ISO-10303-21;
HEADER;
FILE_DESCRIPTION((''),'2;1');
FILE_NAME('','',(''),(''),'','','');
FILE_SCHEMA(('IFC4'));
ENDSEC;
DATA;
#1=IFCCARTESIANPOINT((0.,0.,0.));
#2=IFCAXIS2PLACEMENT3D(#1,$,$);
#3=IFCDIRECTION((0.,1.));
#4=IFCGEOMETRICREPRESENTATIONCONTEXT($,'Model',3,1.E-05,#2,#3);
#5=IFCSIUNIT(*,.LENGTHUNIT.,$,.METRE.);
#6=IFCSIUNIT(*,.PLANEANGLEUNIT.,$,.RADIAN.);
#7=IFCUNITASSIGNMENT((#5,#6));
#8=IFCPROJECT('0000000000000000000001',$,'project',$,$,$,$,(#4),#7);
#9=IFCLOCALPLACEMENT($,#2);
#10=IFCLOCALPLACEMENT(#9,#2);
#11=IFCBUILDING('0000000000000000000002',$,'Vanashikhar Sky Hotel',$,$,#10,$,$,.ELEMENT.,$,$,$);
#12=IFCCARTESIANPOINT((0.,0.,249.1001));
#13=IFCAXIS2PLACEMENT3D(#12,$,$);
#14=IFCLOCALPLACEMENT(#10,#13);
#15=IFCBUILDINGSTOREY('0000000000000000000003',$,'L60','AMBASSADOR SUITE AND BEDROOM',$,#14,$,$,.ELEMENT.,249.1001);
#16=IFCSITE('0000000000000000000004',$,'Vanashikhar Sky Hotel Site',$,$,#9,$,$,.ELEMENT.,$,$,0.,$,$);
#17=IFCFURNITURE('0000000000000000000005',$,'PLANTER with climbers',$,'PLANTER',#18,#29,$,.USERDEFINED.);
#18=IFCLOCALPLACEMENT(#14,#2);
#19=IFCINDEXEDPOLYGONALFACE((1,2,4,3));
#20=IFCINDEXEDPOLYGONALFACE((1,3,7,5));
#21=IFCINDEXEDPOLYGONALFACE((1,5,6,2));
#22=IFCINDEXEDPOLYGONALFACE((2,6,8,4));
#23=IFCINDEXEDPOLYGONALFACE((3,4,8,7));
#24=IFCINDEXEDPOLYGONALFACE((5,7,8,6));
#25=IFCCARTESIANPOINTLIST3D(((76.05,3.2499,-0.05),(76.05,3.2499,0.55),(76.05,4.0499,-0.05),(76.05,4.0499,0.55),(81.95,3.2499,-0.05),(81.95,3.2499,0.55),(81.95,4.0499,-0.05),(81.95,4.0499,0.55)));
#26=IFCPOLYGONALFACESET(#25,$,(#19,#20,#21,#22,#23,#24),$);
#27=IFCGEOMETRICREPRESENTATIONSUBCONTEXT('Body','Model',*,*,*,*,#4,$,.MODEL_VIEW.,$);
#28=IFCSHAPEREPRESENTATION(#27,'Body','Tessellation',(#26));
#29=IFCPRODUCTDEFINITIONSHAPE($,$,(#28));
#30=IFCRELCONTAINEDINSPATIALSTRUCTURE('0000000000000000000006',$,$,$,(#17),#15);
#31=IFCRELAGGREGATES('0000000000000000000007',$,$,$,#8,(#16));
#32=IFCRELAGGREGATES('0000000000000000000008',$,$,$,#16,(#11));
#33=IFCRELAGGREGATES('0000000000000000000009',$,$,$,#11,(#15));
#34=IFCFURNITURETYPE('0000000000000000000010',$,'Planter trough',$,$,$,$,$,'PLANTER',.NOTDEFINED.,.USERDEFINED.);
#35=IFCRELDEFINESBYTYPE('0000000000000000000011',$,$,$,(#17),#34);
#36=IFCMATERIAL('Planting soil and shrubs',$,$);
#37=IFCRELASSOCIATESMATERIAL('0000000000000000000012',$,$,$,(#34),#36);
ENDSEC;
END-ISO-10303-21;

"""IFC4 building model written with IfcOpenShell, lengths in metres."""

from ifc_helpers import new_model, si_unit, direction, frame, origin, origin_2d, place, context, subcontext, project, spatial, rectangle, extrude, source, transform, mapped, material, type_object, element, save


model = new_model("IFC4")

# Units and contexts
model_context = context("Model", 3, precision=1e-05, world=origin(), true_north=direction((0.0, 1.0)))
body_context = subcontext(model_context, "Body", "Model", "MODEL_VIEW")
ifc_project = project(units=[si_unit("LENGTHUNIT", "METRE"), si_unit("PLANEANGLEUNIT", "RADIAN")], contexts=[model_context])

# Site, building, storey
site_placement = place(None, origin())
site = spatial("IfcSite", under=ifc_project, at=site_placement, Name="Vanashikhar Sky Hotel Site", CompositionType="ELEMENT", RefElevation=0.0)
building_placement = place(site_placement, origin())
building = spatial("IfcBuilding", under=site, at=building_placement, Name="Vanashikhar Sky Hotel", CompositionType="ELEMENT")
storey_placement = place(building_placement, frame((0.0, 0.0, 249.1001)))
storey = spatial("IfcBuildingStorey", under=building, at=storey_placement, Name="L60", Description="AMBASSADOR SUITE AND BEDROOM", CompositionType="ELEMENT", Elevation=249.1001)

# Furniture
ifc_material_1 = material(Name="Planting soil and shrubs")
furniture_type = type_object("IfcFurnitureType", Name="Planter trough", ElementType="PLANTER", AssemblyPlace="NOTDEFINED", PredefinedType="USERDEFINED", material=ifc_material_1)
shared_shape_1 = source(origin(), body_context, "Body", "SweptSolid", [
    extrude(rectangle(XDim=5.8999, YDim=0.8, at=origin_2d()), origin(), (0.0, 0.0, 1.0), 0.6001),
])
furniture_placement = place(storey_placement, frame((79.0, 3.6499, -0.05), z_axis=(0.0, 0.0, 1.0), x_axis=(1.0, 0.0, 0.0)))
element("IfcFurniture", 1, at=furniture_placement, inside=storey, type_object=furniture_type, Name="PLANTER with climbers", ObjectType="PLANTER", PredefinedType="USERDEFINED", context=body_context, shape_type="MappedRepresentation", body=[
    mapped(shared_shape_1, transform((0.0, 0.0, 0.0), scale=1.0)),
])

save(model, "model.ifc")
